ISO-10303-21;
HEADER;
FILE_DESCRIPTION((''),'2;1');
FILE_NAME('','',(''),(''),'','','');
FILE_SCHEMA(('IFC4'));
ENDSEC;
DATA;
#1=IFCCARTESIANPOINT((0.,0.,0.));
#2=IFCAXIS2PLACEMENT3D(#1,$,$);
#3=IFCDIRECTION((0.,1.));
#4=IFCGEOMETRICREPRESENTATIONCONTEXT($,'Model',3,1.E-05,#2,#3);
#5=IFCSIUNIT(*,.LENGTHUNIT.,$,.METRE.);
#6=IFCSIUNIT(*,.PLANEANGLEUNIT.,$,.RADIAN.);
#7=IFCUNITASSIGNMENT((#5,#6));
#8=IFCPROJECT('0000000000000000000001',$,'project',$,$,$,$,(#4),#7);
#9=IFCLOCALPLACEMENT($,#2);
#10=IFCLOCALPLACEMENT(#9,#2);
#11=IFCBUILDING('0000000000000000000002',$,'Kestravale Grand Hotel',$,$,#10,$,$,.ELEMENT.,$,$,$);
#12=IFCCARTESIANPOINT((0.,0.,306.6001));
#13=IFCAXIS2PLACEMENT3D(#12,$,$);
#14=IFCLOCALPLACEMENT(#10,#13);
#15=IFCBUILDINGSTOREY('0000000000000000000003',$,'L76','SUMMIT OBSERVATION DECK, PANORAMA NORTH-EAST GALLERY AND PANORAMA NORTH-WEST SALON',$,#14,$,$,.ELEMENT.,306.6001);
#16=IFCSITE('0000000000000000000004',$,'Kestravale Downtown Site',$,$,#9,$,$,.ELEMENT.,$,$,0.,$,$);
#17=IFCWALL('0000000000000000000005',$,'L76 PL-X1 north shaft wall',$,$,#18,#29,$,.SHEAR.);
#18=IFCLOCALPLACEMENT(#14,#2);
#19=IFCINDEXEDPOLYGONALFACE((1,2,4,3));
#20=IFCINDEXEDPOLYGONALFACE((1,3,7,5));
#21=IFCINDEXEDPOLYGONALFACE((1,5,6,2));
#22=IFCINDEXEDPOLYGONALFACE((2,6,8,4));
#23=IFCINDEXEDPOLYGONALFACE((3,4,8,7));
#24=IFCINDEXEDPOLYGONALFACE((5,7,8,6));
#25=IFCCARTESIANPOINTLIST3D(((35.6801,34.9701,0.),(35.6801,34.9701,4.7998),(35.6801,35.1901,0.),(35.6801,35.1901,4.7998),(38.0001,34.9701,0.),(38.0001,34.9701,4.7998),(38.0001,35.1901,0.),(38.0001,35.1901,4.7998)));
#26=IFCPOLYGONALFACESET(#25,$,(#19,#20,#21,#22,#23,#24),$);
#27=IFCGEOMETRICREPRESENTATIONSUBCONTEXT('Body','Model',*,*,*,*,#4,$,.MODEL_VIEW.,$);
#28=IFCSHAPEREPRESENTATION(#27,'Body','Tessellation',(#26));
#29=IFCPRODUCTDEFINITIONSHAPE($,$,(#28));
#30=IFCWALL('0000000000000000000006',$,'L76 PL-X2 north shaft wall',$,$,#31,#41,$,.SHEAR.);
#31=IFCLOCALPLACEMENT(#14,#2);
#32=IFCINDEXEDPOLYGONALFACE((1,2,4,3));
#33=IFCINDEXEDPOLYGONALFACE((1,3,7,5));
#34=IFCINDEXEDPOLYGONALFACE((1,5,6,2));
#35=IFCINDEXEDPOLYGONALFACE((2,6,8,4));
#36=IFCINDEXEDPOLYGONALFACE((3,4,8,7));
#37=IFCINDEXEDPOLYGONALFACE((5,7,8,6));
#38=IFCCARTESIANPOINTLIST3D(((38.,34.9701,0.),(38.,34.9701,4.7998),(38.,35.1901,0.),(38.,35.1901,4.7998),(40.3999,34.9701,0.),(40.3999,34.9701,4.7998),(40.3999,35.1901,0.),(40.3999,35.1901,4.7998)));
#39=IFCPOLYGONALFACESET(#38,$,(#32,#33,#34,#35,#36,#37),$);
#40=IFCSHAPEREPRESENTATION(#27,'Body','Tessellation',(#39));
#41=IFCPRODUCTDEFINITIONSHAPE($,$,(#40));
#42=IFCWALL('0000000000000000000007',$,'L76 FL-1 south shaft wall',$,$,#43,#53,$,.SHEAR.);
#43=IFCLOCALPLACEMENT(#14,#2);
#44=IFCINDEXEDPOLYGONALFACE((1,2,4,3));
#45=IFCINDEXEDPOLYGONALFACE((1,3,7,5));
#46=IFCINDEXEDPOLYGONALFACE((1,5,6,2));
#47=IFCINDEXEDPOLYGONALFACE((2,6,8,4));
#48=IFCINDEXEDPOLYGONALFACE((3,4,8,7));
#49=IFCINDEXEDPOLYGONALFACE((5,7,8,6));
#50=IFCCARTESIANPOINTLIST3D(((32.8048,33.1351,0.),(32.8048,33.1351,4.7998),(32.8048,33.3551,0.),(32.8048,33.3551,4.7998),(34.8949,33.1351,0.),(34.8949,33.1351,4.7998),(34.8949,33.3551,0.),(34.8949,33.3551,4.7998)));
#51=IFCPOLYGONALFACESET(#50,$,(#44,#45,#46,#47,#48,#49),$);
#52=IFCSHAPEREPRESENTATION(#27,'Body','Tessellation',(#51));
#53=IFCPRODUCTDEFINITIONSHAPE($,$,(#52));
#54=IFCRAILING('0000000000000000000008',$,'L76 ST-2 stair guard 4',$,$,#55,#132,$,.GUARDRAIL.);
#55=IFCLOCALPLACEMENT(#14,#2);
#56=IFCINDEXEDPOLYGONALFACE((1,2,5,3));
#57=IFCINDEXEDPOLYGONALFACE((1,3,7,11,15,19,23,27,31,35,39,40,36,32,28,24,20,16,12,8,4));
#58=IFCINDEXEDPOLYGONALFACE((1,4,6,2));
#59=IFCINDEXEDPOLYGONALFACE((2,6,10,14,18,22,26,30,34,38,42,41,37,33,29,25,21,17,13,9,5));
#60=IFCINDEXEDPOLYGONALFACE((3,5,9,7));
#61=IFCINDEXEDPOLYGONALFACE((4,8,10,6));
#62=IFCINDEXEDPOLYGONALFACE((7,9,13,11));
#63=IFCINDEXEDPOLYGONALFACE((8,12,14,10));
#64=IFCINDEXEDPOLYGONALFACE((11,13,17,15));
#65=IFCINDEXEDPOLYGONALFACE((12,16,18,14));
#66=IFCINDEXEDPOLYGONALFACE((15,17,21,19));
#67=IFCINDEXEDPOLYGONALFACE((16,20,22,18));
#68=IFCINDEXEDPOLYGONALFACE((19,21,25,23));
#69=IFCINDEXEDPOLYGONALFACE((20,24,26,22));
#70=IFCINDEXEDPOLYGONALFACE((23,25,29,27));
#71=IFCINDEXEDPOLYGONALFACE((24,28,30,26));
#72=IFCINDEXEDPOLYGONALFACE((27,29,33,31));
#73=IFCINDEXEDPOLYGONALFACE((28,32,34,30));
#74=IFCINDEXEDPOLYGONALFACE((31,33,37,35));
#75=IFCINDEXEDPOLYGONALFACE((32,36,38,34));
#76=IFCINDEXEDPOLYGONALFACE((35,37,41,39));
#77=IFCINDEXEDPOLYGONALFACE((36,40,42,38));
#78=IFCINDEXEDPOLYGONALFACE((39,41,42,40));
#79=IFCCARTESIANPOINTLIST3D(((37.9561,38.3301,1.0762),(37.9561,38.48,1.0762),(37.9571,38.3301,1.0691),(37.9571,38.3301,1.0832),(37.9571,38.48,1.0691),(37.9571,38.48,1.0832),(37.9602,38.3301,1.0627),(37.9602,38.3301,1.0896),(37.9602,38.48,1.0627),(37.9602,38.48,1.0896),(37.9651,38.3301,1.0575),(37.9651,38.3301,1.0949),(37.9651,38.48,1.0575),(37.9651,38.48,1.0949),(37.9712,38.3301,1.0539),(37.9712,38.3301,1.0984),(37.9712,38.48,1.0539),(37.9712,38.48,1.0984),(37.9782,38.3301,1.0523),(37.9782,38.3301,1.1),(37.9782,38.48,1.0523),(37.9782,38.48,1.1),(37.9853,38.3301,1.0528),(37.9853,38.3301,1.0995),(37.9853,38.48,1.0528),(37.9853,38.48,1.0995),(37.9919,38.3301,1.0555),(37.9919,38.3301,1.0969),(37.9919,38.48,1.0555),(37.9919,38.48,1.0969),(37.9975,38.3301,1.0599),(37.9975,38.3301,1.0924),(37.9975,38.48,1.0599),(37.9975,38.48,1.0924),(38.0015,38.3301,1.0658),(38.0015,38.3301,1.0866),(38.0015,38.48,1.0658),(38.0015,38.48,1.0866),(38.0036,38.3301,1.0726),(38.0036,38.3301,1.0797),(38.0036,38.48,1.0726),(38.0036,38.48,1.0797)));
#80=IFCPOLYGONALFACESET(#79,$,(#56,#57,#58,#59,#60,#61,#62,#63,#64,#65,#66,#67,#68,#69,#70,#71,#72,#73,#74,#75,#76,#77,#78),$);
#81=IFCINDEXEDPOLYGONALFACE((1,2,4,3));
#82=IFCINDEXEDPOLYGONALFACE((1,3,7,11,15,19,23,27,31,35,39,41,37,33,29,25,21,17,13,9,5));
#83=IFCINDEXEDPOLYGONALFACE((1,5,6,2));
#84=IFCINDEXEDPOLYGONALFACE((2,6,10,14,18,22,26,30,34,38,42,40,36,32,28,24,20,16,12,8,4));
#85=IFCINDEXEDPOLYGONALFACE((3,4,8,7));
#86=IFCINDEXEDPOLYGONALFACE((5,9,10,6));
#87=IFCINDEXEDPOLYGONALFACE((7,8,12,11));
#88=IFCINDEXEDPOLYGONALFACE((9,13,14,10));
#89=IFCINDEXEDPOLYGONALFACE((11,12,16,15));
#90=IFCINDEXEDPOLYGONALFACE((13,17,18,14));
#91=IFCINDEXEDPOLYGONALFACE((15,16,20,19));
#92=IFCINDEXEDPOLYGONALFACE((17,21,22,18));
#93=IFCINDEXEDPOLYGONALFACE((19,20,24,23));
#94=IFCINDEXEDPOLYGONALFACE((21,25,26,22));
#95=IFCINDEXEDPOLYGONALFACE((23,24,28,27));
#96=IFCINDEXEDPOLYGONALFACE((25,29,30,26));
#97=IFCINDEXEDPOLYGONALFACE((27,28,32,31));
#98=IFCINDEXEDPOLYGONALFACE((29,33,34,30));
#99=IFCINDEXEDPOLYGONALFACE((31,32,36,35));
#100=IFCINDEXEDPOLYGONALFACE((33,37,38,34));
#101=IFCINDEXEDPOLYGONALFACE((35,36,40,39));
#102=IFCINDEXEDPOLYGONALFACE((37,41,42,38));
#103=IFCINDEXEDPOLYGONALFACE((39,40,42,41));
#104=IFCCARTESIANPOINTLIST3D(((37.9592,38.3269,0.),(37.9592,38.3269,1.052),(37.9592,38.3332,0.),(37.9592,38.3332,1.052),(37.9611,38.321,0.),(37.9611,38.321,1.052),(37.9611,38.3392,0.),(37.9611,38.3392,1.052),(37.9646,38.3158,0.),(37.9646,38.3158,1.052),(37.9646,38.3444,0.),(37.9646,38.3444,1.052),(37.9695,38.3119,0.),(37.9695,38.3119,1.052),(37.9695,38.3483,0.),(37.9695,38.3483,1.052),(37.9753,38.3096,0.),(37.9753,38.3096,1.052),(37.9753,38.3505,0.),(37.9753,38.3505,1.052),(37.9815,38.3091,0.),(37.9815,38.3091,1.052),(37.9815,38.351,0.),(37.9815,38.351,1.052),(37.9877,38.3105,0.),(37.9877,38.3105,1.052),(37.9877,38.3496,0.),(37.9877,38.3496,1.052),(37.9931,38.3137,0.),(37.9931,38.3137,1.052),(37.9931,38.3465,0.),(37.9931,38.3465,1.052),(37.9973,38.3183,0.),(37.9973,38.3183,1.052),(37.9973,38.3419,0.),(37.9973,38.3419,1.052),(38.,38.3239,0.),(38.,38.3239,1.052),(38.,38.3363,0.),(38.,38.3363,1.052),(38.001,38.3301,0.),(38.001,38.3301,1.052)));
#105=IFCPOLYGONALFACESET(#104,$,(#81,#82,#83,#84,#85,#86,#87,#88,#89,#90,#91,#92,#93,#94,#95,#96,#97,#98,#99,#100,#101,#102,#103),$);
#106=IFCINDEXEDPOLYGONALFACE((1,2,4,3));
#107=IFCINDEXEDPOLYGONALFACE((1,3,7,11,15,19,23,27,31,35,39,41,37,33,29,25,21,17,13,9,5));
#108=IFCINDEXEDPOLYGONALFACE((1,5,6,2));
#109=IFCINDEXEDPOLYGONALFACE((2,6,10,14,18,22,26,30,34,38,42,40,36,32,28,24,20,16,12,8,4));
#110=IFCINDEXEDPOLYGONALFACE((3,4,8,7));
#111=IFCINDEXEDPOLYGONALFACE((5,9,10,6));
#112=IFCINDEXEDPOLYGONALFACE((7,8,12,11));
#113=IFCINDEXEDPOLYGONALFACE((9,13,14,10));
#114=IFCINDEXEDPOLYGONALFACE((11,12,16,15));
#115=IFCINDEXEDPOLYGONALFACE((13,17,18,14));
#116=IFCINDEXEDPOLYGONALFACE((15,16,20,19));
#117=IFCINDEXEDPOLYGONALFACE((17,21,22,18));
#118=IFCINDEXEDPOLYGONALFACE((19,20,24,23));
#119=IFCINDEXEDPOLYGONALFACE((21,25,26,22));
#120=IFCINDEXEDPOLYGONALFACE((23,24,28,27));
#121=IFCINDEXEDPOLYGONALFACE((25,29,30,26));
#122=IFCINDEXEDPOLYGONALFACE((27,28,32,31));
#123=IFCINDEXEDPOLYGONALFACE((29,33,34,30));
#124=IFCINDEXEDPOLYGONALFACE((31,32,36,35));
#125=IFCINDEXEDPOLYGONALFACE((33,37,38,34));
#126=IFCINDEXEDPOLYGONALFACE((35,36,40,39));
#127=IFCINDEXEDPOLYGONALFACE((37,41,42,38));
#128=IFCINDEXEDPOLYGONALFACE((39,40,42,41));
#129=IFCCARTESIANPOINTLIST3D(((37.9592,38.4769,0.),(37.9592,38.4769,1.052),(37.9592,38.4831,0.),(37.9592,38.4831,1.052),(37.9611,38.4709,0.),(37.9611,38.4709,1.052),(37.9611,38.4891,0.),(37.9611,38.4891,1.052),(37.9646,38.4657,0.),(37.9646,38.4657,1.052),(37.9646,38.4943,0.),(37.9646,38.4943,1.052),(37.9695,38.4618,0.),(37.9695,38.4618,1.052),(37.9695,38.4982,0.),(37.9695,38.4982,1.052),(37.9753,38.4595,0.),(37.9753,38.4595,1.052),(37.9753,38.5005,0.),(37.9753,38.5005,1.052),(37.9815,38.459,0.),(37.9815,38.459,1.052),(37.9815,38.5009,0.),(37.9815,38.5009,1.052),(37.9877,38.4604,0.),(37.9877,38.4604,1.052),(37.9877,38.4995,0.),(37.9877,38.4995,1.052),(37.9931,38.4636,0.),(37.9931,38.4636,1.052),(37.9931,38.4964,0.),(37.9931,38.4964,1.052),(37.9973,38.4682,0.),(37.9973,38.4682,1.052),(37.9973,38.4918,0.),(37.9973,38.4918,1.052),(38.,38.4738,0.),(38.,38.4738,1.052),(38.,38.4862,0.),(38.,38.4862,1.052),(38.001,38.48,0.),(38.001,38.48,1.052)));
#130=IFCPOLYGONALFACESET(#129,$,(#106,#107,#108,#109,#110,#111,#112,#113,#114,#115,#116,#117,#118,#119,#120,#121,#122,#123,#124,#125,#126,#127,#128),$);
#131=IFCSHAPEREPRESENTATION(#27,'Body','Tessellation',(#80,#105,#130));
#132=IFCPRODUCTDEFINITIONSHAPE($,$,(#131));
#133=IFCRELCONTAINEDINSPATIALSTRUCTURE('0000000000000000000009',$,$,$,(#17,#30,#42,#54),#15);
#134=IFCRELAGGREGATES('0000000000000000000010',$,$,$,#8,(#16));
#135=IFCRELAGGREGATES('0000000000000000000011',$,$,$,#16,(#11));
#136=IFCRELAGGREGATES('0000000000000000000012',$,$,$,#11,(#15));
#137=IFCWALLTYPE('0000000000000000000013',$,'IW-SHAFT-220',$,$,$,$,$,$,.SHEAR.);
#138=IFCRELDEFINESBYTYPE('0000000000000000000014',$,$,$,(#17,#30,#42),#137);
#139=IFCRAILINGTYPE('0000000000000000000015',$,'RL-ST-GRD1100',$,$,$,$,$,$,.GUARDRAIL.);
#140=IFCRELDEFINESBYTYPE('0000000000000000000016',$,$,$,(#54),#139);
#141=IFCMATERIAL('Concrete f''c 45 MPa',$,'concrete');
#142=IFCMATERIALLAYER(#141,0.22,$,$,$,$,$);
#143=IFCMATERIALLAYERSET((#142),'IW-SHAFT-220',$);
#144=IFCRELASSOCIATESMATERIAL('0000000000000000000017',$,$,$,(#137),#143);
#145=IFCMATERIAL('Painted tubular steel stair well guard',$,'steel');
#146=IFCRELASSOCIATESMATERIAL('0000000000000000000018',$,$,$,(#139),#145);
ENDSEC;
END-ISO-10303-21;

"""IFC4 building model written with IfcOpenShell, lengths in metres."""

from ifc_helpers import new_model, si_unit, direction, frame, frame_2d, origin, origin_2d, place, context, subcontext, project, spatial, rectangle, circle, extrude, material, layer, layer_set, type_object, element, save


model = new_model("IFC4")

# Units and contexts
model_context = context("Model", 3, precision=1e-05, world=origin(), true_north=direction((0.0, 1.0)))
body_context = subcontext(model_context, "Body", "Model", "MODEL_VIEW")
ifc_project = project(units=[si_unit("LENGTHUNIT", "METRE"), si_unit("PLANEANGLEUNIT", "RADIAN")], contexts=[model_context])

# Site, building, storey
site_placement = place(None, origin())
site = spatial("IfcSite", under=ifc_project, at=site_placement, Name="Kestravale Downtown Site", CompositionType="ELEMENT", RefElevation=0.0)
building_placement = place(site_placement, origin())
building = spatial("IfcBuilding", under=site, at=building_placement, Name="Kestravale Grand Hotel", CompositionType="ELEMENT")
storey_placement = place(building_placement, frame((0.0, 0.0, 306.6001)))
storey = spatial("IfcBuildingStorey", under=building, at=storey_placement, Name="L76", Description="SUMMIT OBSERVATION DECK, PANORAMA NORTH-EAST GALLERY AND PANORAMA NORTH-WEST SALON", CompositionType="ELEMENT", Elevation=306.6001)

# Walls
ifc_material_1 = material(Name="Concrete f'c 45 MPa", Category="concrete")
ifc_layer_1 = layer(ifc_material_1, 0.22)
ifc_layer_set_1 = layer_set([ifc_layer_1], Name="IW-SHAFT-220")
wall_type_1 = type_object("IfcWallType", Name="IW-SHAFT-220", PredefinedType="SHEAR", material=ifc_layer_set_1)
wall_1_placement = place(storey_placement, frame((35.6799, 35.0801, 0.0), z_axis=(0.0, 0.0, 1.0), x_axis=(1.0, 0.0, 0.0)))
element("IfcWall", 1, at=wall_1_placement, inside=storey, type_object=wall_type_1, Name="L76 PL-X1 north shaft wall", PredefinedType="SHEAR", context=body_context, shape_type="SweptSolid", body=[
    extrude(rectangle(XDim=2.3201, YDim=0.22, at=frame_2d((1.1602, 0.0))), origin(), (0.0, 0.0, 1.0), 4.7998),
])
wall_2_placement = place(storey_placement, frame((38.0, 35.0801, 0.0), z_axis=(0.0, 0.0, 1.0), x_axis=(1.0, 0.0, 0.0)))
element("IfcWall", 2, at=wall_2_placement, inside=storey, type_object=wall_type_1, Name="L76 PL-X2 north shaft wall", PredefinedType="SHEAR", context=body_context, shape_type="SweptSolid", body=[
    extrude(rectangle(XDim=2.3999, YDim=0.22, at=frame_2d((1.2, 0.0))), origin(), (0.0, 0.0, 1.0), 4.7998),
])

# Wall
wall_3_placement = place(storey_placement, frame((32.8049, 33.2451, 0.0), z_axis=(0.0, 0.0, 1.0), x_axis=(1.0, 0.0, 0.0)))
element("IfcWall", 3, at=wall_3_placement, inside=storey, type_object=wall_type_1, Name="L76 FL-1 south shaft wall", PredefinedType="SHEAR", context=body_context, shape_type="SweptSolid", body=[
    extrude(rectangle(XDim=2.0901, YDim=0.22, at=frame_2d((1.0449, 0.0))), origin(), (0.0, 0.0, 1.0), 4.7998),
])

# Railing
ifc_material_2 = material(Name="Painted tubular steel stair well guard", Category="steel")
railing_type = type_object("IfcRailingType", Name="RL-ST-GRD1100", PredefinedType="GUARDRAIL", material=ifc_material_2)
railing_placement = place(storey_placement, frame((37.98, 38.3301, 0.0)))
element("IfcRailing", 4, at=railing_placement, inside=storey, type_object=railing_type, Name="L76 ST-2 stair guard 4", PredefinedType="GUARDRAIL", context=body_context, shape_type="SweptSolid", body=[
    extrude(circle(Radius=0.0239, at=origin_2d()), frame((0.0, 0.0, 1.0762), z_axis=(0.0, 1.0, 0.0), x_axis=(-1.0, 0.0, 0.0)), (0.0, 0.0, 1.0), 0.1499),
    extrude(circle(Radius=0.021, at=origin_2d()), origin(), (0.0, 0.0, 1.0), 1.052),
    extrude(circle(Radius=0.021, at=origin_2d()), frame((0.0, 0.1499, 0.0)), (0.0, 0.0, 1.0), 1.052),
])

save(model, "model.ifc")
